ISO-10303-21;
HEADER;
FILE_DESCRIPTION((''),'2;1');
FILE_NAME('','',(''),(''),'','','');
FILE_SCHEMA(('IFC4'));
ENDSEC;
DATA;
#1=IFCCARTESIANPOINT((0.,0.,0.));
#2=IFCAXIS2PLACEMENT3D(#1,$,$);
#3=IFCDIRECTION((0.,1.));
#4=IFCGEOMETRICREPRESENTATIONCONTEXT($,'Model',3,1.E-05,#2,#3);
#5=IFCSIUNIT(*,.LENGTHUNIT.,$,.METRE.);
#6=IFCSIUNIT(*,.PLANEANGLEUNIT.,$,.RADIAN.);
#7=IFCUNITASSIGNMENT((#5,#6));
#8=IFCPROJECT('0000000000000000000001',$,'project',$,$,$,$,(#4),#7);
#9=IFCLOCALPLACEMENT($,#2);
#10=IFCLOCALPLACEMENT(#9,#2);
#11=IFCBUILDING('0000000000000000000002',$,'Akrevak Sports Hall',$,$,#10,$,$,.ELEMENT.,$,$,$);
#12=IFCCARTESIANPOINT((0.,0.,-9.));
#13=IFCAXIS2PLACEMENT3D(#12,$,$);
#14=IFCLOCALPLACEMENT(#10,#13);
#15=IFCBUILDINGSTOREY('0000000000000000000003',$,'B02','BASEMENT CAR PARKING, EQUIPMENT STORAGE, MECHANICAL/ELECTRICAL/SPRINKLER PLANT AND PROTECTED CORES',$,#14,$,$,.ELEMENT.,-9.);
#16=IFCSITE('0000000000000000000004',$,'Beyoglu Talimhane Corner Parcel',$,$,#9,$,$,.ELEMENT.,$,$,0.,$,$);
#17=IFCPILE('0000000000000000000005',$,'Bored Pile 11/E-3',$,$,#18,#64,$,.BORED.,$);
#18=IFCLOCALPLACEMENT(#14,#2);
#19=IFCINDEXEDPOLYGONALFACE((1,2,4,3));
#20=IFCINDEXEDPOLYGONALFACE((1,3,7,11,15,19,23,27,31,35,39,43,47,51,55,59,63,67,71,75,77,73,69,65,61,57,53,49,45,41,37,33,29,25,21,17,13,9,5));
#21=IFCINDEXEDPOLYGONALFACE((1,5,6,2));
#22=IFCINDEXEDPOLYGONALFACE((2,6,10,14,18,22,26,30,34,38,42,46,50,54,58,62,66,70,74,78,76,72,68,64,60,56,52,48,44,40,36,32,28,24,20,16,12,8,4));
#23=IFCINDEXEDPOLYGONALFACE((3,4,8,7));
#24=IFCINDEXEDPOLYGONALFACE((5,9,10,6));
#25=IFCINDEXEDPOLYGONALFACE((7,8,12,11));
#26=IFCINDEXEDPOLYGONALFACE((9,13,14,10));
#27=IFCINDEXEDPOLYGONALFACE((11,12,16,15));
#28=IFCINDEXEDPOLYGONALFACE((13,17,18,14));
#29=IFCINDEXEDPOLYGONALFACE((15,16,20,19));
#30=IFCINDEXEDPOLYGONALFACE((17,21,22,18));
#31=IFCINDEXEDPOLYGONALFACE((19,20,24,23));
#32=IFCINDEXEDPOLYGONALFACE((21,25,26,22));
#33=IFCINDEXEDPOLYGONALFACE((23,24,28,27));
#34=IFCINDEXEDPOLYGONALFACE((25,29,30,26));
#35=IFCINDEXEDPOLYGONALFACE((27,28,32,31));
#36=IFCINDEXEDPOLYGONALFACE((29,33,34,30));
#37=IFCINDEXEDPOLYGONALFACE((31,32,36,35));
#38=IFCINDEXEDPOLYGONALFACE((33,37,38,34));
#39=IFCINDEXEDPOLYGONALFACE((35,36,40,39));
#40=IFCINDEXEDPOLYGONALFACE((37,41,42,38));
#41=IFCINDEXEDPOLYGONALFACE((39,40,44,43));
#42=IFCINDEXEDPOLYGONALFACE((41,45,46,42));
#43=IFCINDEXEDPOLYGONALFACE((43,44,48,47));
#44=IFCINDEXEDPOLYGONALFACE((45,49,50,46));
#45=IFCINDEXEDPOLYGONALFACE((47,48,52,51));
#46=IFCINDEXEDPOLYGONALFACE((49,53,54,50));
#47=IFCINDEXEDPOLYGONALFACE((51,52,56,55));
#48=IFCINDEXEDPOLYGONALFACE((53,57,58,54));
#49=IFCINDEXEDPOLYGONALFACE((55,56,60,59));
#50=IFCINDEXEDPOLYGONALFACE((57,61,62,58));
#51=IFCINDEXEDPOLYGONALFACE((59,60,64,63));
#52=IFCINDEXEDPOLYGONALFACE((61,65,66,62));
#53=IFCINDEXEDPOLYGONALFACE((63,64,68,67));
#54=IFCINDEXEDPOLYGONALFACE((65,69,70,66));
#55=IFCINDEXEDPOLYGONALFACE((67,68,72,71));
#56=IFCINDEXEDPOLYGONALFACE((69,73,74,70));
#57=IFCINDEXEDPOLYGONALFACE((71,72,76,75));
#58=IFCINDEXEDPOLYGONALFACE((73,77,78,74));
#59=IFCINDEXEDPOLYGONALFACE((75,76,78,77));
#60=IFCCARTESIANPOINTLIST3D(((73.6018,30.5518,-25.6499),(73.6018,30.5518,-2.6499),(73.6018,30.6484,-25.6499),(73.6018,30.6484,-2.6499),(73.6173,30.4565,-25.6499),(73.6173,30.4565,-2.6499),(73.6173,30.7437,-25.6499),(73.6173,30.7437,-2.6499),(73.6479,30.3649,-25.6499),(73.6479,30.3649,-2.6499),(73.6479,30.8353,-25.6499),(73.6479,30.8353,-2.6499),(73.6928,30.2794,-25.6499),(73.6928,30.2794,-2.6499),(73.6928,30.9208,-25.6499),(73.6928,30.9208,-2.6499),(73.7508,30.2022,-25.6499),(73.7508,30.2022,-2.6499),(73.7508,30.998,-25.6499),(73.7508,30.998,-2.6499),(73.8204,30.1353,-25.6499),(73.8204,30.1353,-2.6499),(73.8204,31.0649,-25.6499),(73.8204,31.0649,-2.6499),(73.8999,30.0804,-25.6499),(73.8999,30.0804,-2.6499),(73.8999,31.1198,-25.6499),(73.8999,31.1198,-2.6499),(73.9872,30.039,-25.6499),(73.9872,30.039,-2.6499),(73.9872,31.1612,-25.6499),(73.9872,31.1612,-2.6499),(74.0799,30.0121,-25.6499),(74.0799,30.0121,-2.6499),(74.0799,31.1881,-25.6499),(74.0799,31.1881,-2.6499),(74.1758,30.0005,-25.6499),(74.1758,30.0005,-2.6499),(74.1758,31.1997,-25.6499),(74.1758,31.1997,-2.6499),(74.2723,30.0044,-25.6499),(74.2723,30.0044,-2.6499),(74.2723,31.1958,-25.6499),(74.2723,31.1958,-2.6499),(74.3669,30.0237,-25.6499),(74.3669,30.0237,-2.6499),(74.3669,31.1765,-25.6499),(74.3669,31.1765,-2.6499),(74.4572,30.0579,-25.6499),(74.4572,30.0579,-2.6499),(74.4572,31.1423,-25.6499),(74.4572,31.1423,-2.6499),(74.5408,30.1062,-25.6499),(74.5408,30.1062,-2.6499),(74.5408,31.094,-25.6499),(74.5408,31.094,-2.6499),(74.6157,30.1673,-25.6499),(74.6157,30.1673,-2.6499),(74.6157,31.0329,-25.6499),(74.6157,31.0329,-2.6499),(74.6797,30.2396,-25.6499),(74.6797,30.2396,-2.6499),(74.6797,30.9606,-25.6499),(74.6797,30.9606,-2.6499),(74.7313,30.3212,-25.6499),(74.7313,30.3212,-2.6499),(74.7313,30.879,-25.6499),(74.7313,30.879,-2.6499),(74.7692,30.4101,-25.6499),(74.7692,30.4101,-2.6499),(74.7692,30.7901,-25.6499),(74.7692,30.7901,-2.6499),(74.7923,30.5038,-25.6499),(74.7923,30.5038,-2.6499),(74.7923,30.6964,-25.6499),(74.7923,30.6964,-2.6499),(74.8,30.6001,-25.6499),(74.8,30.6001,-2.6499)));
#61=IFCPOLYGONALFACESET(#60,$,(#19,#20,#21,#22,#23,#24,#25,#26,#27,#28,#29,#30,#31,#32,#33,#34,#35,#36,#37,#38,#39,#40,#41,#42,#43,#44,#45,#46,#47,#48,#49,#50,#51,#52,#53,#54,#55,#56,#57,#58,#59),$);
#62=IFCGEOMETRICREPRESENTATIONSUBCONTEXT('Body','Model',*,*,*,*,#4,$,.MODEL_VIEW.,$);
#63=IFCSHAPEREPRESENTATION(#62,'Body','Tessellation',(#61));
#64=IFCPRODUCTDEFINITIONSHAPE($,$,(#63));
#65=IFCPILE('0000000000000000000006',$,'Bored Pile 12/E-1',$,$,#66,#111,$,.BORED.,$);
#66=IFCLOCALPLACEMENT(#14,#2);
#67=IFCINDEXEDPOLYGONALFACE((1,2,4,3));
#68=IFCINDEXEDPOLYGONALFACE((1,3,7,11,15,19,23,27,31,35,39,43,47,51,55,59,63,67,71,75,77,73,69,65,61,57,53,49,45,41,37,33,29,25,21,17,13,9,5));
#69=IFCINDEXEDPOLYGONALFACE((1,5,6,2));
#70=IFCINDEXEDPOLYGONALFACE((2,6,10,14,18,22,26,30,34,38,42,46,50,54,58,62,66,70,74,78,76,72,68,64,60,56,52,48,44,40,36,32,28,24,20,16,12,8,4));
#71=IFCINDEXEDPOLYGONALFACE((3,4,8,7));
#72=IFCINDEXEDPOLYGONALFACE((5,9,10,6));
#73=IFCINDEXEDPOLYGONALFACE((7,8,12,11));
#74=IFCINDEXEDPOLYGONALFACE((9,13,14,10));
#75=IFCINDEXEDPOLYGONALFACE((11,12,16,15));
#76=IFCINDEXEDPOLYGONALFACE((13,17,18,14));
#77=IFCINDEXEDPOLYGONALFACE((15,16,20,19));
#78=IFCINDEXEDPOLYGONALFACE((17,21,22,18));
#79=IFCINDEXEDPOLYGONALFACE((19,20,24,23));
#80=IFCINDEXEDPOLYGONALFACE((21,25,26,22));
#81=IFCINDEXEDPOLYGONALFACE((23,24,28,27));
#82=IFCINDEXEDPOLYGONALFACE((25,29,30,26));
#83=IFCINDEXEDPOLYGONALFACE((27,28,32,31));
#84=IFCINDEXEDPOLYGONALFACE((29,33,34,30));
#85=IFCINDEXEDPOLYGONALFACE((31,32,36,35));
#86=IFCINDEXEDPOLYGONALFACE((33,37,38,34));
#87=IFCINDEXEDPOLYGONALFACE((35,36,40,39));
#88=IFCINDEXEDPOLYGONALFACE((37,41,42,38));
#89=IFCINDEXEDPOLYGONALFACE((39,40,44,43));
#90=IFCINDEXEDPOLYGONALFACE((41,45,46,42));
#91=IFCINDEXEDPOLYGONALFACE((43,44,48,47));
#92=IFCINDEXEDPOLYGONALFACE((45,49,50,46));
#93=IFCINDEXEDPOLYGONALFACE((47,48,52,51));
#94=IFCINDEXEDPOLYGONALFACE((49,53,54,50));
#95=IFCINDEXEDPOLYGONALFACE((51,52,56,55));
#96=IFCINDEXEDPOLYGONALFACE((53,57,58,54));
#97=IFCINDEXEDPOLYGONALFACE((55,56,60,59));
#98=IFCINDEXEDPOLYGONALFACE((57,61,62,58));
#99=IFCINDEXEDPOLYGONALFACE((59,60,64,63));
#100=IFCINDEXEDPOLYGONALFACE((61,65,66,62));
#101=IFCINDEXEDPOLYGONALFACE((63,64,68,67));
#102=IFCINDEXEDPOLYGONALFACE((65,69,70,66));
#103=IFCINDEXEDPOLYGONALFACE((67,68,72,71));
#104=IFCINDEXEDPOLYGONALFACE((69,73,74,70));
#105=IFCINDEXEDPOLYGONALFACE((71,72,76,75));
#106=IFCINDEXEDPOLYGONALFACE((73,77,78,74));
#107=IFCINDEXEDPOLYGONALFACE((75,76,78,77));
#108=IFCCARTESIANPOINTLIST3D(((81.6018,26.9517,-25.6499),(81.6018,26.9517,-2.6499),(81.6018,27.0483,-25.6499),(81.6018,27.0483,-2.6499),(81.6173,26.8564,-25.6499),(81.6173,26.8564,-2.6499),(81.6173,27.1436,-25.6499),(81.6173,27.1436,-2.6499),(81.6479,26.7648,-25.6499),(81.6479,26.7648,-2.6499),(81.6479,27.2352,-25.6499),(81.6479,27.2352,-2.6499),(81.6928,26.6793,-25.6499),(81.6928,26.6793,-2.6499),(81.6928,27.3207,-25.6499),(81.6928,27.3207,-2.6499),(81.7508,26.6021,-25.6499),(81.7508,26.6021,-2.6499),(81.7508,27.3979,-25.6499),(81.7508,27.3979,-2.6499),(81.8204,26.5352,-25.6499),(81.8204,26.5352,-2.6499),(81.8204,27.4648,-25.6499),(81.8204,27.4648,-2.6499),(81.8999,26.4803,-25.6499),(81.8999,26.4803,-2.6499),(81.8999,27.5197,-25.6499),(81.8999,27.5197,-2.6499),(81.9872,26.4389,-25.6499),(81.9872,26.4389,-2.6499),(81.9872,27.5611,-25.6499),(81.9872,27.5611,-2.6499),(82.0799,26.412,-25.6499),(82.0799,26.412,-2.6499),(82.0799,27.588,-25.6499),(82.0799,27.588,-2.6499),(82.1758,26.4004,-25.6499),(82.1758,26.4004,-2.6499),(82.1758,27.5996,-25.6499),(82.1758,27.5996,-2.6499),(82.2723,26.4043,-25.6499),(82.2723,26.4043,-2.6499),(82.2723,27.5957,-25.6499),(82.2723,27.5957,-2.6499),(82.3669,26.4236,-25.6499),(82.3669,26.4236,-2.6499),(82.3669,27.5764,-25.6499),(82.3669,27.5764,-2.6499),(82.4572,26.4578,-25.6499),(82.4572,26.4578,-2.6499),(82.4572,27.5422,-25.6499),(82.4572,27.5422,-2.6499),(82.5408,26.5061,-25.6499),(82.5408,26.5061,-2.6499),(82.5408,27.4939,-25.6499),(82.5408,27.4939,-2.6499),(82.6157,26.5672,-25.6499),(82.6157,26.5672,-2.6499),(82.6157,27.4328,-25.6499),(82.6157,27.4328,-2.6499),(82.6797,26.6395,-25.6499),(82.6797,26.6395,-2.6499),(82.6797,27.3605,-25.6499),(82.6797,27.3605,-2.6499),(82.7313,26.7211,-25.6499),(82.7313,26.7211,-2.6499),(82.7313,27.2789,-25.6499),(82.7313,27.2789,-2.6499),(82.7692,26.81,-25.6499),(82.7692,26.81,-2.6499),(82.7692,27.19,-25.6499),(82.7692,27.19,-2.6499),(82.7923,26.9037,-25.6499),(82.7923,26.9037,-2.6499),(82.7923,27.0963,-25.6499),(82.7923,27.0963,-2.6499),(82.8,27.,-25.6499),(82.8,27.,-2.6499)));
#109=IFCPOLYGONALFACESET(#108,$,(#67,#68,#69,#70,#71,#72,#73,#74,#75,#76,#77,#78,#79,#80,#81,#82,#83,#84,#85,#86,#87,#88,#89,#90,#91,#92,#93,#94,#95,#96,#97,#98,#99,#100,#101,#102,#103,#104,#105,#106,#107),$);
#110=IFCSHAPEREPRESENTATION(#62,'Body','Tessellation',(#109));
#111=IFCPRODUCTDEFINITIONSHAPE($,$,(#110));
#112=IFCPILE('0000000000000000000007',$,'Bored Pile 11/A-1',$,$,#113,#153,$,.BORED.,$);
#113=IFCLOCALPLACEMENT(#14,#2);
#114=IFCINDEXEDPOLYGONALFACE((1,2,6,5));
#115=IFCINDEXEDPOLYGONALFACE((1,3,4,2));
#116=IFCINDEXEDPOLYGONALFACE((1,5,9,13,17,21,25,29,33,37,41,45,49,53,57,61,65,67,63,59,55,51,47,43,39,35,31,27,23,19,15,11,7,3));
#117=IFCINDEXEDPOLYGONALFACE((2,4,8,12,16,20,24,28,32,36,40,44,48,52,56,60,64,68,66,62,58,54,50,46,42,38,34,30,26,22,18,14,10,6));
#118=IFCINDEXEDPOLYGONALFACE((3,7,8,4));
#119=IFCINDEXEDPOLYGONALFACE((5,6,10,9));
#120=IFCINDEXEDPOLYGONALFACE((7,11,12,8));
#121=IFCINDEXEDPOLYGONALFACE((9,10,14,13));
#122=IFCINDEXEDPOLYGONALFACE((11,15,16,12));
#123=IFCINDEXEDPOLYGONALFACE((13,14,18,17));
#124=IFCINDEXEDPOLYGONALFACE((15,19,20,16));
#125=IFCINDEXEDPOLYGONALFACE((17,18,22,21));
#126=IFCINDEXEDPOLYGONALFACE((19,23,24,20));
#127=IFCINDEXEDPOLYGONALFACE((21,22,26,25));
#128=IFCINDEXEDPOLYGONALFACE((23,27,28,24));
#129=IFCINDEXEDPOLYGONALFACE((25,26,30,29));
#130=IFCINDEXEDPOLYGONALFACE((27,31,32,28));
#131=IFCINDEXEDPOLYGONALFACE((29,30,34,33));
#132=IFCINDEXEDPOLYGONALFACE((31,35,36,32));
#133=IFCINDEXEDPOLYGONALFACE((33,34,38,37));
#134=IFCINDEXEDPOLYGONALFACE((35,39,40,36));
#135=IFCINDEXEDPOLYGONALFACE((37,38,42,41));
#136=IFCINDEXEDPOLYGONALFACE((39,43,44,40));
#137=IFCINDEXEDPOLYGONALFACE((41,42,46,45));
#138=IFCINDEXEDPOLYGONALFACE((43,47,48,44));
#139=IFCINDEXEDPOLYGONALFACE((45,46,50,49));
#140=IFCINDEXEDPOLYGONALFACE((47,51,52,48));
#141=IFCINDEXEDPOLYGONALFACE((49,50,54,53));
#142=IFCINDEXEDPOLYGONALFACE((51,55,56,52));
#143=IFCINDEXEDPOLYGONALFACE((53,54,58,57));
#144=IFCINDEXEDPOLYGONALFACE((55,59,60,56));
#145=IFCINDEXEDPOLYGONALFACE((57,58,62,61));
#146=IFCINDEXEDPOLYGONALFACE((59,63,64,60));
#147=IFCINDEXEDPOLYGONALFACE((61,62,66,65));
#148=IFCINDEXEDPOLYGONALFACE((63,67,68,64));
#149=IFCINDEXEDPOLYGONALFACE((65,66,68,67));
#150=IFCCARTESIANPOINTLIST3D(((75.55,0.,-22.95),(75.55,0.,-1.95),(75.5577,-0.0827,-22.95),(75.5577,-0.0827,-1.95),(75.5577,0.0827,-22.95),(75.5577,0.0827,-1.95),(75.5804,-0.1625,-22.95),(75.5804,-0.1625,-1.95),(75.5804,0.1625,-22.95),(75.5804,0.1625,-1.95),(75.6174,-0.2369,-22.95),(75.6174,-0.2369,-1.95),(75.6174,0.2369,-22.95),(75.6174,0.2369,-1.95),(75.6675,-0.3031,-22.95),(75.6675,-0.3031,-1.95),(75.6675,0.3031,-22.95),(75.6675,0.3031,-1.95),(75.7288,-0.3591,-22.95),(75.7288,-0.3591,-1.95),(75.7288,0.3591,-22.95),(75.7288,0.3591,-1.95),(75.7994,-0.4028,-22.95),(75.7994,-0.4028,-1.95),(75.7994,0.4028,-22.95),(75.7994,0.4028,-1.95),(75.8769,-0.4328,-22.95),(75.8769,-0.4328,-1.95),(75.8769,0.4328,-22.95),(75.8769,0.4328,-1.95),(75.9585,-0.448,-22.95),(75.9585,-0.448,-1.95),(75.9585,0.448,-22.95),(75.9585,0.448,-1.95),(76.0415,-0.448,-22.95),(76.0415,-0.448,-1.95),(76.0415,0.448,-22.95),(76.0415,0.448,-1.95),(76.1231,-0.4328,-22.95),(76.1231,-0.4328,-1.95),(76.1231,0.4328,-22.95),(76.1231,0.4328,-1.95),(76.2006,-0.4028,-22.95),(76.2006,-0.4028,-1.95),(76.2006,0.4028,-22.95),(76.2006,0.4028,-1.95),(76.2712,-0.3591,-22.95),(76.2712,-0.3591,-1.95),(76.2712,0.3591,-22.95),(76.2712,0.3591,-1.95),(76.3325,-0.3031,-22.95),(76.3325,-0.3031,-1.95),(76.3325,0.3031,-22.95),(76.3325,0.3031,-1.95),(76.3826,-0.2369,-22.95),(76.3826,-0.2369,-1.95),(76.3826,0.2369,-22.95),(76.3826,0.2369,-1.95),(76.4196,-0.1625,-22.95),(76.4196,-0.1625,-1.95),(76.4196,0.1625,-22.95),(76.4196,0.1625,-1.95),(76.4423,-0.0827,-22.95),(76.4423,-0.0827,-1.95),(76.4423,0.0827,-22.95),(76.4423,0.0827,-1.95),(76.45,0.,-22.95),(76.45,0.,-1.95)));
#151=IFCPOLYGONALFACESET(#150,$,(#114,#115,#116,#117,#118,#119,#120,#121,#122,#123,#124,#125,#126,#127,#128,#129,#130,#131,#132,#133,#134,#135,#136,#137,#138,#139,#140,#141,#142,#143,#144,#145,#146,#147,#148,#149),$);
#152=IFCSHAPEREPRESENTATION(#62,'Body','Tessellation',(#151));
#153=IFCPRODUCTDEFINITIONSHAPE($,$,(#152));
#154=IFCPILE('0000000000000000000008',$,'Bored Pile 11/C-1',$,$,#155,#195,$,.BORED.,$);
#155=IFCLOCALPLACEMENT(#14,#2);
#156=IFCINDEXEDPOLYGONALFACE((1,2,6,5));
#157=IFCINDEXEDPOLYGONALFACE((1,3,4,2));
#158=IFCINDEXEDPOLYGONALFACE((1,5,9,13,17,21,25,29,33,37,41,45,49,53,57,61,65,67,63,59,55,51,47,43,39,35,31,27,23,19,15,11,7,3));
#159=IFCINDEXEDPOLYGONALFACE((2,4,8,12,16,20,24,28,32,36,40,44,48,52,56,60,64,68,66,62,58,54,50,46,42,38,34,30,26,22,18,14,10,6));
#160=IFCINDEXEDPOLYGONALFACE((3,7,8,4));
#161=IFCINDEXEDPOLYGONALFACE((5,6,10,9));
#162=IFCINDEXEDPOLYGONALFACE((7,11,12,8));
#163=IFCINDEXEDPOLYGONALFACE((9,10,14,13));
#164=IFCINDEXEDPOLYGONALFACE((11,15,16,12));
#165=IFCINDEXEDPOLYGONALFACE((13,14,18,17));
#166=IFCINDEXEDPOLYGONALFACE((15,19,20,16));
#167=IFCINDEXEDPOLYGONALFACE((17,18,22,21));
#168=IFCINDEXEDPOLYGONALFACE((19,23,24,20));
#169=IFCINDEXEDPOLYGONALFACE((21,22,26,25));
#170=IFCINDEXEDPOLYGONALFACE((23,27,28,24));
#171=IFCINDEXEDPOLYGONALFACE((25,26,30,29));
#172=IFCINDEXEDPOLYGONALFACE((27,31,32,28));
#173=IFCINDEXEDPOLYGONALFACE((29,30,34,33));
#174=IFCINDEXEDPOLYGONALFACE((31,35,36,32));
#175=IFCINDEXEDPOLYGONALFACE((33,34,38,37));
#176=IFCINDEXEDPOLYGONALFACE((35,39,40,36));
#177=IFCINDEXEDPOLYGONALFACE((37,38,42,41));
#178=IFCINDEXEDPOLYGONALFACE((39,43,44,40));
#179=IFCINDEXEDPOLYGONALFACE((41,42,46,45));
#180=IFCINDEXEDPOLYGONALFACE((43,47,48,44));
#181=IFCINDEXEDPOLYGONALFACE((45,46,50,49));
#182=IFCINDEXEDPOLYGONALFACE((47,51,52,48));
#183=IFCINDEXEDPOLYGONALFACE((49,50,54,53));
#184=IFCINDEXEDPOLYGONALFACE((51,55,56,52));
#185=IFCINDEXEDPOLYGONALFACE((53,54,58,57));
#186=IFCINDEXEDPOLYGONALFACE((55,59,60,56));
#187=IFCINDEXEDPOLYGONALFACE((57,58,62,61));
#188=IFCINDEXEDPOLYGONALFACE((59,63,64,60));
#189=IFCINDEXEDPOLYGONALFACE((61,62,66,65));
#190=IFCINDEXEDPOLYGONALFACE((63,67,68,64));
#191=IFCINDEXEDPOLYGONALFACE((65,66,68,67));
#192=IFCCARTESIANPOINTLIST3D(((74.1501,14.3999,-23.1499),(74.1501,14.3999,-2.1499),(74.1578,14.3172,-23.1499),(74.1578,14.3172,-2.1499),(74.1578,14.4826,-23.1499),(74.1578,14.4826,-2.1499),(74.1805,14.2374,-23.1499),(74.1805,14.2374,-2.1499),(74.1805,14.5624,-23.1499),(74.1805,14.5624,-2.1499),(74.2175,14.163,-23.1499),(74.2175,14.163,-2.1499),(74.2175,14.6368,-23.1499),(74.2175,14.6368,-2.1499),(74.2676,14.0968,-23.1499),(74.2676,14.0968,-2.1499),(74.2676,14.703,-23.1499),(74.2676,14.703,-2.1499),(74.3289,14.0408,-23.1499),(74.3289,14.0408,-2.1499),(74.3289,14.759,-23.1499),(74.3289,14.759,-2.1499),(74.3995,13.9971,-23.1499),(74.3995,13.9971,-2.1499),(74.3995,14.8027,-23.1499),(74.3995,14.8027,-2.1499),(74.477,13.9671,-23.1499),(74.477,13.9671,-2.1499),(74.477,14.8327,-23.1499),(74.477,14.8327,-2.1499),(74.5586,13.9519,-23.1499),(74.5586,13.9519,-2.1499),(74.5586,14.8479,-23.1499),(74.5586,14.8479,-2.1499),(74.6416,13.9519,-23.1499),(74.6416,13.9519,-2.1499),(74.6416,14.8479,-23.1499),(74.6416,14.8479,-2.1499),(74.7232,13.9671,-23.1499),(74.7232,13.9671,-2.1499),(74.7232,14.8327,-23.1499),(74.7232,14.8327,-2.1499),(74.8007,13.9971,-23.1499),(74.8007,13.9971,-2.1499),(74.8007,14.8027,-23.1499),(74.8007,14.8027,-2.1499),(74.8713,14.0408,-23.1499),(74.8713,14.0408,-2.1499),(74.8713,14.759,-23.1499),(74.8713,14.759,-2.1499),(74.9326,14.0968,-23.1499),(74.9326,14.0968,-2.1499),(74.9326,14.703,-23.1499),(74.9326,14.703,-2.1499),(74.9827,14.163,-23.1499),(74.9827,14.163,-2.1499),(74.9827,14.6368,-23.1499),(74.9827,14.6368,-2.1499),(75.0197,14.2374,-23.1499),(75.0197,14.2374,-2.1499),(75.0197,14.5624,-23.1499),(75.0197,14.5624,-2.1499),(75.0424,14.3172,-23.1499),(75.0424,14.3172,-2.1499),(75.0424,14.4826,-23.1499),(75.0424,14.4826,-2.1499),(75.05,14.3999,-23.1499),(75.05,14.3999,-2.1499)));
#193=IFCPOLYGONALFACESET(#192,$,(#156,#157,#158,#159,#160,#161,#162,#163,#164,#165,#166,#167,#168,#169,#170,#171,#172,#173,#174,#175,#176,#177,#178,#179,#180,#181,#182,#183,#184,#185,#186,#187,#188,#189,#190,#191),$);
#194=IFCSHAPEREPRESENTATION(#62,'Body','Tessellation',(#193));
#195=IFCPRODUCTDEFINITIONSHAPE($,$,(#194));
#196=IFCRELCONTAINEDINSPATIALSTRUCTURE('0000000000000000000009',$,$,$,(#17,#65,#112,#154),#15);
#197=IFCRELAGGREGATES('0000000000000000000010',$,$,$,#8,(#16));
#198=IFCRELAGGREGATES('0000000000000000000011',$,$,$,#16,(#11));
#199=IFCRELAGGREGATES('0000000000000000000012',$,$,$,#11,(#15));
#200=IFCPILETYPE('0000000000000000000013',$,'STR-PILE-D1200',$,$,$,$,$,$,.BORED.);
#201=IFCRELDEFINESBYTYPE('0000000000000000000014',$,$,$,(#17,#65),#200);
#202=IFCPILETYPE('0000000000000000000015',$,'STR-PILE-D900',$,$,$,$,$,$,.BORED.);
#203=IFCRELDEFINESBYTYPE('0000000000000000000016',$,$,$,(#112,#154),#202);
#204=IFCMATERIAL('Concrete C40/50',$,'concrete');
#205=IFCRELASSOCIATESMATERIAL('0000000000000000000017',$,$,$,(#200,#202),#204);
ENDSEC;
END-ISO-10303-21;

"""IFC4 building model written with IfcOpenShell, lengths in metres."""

from ifc_helpers import new_model, si_unit, direction, frame, origin, origin_2d, place, context, subcontext, project, spatial, circle, extrude, material, material_profile, profile_set, type_object, element, save


model = new_model("IFC4")

# Units and contexts
model_context = context("Model", 3, precision=1e-05, world=origin(), true_north=direction((0.0, 1.0)))
body_context = subcontext(model_context, "Body", "Model", "MODEL_VIEW")
ifc_project = project(units=[si_unit("LENGTHUNIT", "METRE"), si_unit("PLANEANGLEUNIT", "RADIAN")], contexts=[model_context])

# Site, building, storey
site_placement = place(None, origin())
site = spatial("IfcSite", under=ifc_project, at=site_placement, Name="Beyoglu Talimhane Corner Parcel", CompositionType="ELEMENT", RefElevation=0.0)
building_placement = place(site_placement, origin())
building = spatial("IfcBuilding", under=site, at=building_placement, Name="Akrevak Sports Hall", CompositionType="ELEMENT")
storey_placement = place(building_placement, frame((0.0, 0.0, -9.0)))
storey = spatial("IfcBuildingStorey", under=building, at=storey_placement, Name="B02", Description="BASEMENT CAR PARKING, EQUIPMENT STORAGE, MECHANICAL/ELECTRICAL/SPRINKLER PLANT AND PROTECTED CORES", CompositionType="ELEMENT", Elevation=-9.0)

# Shared definitions
ifc_material_1 = material(Name="Concrete C40/50", Category="concrete")

# Piles
ifc_material_profile_1 = material_profile(ifc_material_1, circle(Radius=0.6001, at=origin_2d()), Name="BORED PILE D1200", Category="concrete")
ifc_profile_set_1 = profile_set([ifc_material_profile_1], Name="Concrete C40/50")
pile_type_1 = type_object("IfcPileType", Name="STR-PILE-D1200", PredefinedType="BORED", material=ifc_profile_set_1)
for number, where, z_axis, x_axis, name in (
    (1, (74.2, 30.6001, -2.6499), (0.0, 0.0, -1.0), (1.0, 0.0, 0.0), "Bored Pile 11/E-3"),
    (2, (82.2, 27.0, -2.6499), (0.0, 0.0, -1.0), (1.0, 0.0, 0.0), "Bored Pile 12/E-1"),
):
    element("IfcPile", number, at=place(storey_placement, frame(where, z_axis=z_axis, x_axis=x_axis)), inside=storey, type_object=pile_type_1, Name=name, PredefinedType="BORED", context=body_context, shape_type="SweptSolid", body=[
        extrude(circle(Radius=0.6001, at=origin_2d()), origin(), (0.0, 0.0, 1.0), 23.0),
    ])
ifc_material_profile_2 = material_profile(ifc_material_1, circle(Radius=0.45, at=origin_2d()), Name="BORED PILE D900", Category="concrete")
ifc_profile_set_2 = profile_set([ifc_material_profile_2], Name="Concrete C40/50")
pile_type_2 = type_object("IfcPileType", Name="STR-PILE-D900", PredefinedType="BORED", material=ifc_profile_set_2)
for number, where, z_axis, x_axis, name in (
    (3, (76.0, 0.0, -1.95), (0.0, 0.0, -1.0), (1.0, 0.0, 0.0), "Bored Pile 11/A-1"),
    (4, (74.6001, 14.3999, -2.1499), (0.0, 0.0, -1.0), (1.0, 0.0, 0.0), "Bored Pile 11/C-1"),
):
    element("IfcPile", number, at=place(storey_placement, frame(where, z_axis=z_axis, x_axis=x_axis)), inside=storey, type_object=pile_type_2, Name=name, PredefinedType="BORED", context=body_context, shape_type="SweptSolid", body=[
        extrude(circle(Radius=0.45, at=origin_2d()), origin(), (0.0, 0.0, 1.0), 21.0),
    ])

save(model, "model.ifc")
